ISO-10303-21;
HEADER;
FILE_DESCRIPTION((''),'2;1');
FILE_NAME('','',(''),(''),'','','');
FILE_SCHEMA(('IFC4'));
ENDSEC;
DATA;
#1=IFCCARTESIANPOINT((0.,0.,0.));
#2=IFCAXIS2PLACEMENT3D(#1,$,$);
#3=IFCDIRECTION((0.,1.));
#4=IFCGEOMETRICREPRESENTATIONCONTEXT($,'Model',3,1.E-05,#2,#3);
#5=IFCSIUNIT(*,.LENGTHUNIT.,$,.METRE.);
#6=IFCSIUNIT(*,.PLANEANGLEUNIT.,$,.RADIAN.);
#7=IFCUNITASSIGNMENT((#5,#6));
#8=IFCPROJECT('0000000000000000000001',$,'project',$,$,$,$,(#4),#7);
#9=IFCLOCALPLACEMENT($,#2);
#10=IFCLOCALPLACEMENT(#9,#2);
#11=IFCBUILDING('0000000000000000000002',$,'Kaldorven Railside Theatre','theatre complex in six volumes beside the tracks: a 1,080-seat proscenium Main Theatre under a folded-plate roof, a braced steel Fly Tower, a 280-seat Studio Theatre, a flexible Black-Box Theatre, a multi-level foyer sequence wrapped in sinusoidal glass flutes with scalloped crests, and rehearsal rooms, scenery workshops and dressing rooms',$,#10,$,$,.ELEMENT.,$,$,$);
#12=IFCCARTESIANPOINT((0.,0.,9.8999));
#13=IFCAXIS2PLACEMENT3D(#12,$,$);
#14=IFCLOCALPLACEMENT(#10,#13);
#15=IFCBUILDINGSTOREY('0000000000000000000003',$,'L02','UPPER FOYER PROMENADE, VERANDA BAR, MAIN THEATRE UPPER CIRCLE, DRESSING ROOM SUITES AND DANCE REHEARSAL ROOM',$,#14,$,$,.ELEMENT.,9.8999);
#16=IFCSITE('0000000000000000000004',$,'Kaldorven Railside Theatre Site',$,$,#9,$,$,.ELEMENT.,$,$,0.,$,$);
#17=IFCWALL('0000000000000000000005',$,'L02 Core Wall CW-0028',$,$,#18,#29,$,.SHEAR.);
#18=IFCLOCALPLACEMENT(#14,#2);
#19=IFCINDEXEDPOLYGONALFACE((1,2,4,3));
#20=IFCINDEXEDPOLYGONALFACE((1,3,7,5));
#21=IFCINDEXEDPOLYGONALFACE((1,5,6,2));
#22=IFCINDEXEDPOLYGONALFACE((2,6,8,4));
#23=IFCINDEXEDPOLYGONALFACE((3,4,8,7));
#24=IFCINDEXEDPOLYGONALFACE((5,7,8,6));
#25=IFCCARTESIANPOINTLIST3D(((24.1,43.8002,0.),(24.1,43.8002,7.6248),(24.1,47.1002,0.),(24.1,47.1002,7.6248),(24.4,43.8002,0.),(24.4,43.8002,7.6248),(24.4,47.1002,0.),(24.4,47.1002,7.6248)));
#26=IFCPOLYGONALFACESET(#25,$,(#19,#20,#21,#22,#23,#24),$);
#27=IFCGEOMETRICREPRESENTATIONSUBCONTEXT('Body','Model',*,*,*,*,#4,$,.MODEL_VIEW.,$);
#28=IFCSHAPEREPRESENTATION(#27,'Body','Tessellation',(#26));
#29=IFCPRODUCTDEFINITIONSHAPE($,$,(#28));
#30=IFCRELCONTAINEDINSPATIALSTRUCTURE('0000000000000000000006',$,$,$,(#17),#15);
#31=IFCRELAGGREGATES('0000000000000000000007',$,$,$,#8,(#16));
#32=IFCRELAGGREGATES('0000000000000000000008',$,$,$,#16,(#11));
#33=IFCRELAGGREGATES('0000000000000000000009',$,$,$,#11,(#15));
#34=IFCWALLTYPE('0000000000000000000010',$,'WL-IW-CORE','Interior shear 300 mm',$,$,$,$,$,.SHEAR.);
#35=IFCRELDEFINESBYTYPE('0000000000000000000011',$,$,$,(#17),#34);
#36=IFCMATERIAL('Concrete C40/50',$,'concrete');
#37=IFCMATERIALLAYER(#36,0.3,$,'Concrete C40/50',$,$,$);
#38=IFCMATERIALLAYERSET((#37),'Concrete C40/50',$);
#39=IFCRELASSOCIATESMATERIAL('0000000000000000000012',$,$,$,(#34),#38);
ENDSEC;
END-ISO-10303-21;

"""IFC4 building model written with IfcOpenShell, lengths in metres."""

from ifc_helpers import new_model, si_unit, direction, frame, frame_2d, origin, place, context, subcontext, project, spatial, rectangle, extrude, material, layer, layer_set, type_object, element, save


model = new_model("IFC4")

# Units and contexts
model_context = context("Model", 3, precision=1e-05, world=origin(), true_north=direction((0.0, 1.0)))
body_context = subcontext(model_context, "Body", "Model", "MODEL_VIEW")
ifc_project = project(units=[si_unit("LENGTHUNIT", "METRE"), si_unit("PLANEANGLEUNIT", "RADIAN")], contexts=[model_context])

# Site, building, storey
site_placement = place(None, origin())
site = spatial("IfcSite", under=ifc_project, at=site_placement, Name="Kaldorven Railside Theatre Site", CompositionType="ELEMENT", RefElevation=0.0)
building_placement = place(site_placement, origin())
building = spatial("IfcBuilding", under=site, at=building_placement, Name="Kaldorven Railside Theatre", Description="theatre complex in six volumes beside the tracks: a 1,080-seat proscenium Main Theatre under a folded-plate roof, a braced steel Fly Tower, a 280-seat Studio Theatre, a flexible Black-Box Theatre, a multi-level foyer sequence wrapped in sinusoidal glass flutes with scalloped crests, and rehearsal rooms, scenery workshops and dressing rooms", CompositionType="ELEMENT")
storey_placement = place(building_placement, frame((0.0, 0.0, 9.8999)))
storey = spatial("IfcBuildingStorey", under=building, at=storey_placement, Name="L02", Description="UPPER FOYER PROMENADE, VERANDA BAR, MAIN THEATRE UPPER CIRCLE, DRESSING ROOM SUITES AND DANCE REHEARSAL ROOM", CompositionType="ELEMENT", Elevation=9.8999)

# Shared definitions
ifc_material_1 = material(Name="Concrete C40/50", Category="concrete")

# Wall
ifc_layer_1 = layer(ifc_material_1, 0.3, Name="Concrete C40/50")
ifc_layer_set_1 = layer_set([ifc_layer_1], Name="Concrete C40/50")
wall_type_1 = type_object("IfcWallType", Name="WL-IW-CORE", Description="Interior shear 300 mm", PredefinedType="SHEAR", material=ifc_layer_set_1)
wall_1_placement = place(storey_placement, frame((24.25, 47.1001, 0.0), z_axis=(0.0, 0.0, 1.0), x_axis=(0.0, -1.0, 0.0)))
element("IfcWall", 1, at=wall_1_placement, inside=storey, type_object=wall_type_1, Name="L02 Core Wall CW-0028", PredefinedType="SHEAR", context=body_context, shape_type="SweptSolid", body=[
    extrude(rectangle(XDim=3.3, YDim=0.3, at=frame_2d((1.6499, 0.0))), origin(), (0.0, 0.0, 1.0), 7.6248),
])

save(model, "model.ifc")
